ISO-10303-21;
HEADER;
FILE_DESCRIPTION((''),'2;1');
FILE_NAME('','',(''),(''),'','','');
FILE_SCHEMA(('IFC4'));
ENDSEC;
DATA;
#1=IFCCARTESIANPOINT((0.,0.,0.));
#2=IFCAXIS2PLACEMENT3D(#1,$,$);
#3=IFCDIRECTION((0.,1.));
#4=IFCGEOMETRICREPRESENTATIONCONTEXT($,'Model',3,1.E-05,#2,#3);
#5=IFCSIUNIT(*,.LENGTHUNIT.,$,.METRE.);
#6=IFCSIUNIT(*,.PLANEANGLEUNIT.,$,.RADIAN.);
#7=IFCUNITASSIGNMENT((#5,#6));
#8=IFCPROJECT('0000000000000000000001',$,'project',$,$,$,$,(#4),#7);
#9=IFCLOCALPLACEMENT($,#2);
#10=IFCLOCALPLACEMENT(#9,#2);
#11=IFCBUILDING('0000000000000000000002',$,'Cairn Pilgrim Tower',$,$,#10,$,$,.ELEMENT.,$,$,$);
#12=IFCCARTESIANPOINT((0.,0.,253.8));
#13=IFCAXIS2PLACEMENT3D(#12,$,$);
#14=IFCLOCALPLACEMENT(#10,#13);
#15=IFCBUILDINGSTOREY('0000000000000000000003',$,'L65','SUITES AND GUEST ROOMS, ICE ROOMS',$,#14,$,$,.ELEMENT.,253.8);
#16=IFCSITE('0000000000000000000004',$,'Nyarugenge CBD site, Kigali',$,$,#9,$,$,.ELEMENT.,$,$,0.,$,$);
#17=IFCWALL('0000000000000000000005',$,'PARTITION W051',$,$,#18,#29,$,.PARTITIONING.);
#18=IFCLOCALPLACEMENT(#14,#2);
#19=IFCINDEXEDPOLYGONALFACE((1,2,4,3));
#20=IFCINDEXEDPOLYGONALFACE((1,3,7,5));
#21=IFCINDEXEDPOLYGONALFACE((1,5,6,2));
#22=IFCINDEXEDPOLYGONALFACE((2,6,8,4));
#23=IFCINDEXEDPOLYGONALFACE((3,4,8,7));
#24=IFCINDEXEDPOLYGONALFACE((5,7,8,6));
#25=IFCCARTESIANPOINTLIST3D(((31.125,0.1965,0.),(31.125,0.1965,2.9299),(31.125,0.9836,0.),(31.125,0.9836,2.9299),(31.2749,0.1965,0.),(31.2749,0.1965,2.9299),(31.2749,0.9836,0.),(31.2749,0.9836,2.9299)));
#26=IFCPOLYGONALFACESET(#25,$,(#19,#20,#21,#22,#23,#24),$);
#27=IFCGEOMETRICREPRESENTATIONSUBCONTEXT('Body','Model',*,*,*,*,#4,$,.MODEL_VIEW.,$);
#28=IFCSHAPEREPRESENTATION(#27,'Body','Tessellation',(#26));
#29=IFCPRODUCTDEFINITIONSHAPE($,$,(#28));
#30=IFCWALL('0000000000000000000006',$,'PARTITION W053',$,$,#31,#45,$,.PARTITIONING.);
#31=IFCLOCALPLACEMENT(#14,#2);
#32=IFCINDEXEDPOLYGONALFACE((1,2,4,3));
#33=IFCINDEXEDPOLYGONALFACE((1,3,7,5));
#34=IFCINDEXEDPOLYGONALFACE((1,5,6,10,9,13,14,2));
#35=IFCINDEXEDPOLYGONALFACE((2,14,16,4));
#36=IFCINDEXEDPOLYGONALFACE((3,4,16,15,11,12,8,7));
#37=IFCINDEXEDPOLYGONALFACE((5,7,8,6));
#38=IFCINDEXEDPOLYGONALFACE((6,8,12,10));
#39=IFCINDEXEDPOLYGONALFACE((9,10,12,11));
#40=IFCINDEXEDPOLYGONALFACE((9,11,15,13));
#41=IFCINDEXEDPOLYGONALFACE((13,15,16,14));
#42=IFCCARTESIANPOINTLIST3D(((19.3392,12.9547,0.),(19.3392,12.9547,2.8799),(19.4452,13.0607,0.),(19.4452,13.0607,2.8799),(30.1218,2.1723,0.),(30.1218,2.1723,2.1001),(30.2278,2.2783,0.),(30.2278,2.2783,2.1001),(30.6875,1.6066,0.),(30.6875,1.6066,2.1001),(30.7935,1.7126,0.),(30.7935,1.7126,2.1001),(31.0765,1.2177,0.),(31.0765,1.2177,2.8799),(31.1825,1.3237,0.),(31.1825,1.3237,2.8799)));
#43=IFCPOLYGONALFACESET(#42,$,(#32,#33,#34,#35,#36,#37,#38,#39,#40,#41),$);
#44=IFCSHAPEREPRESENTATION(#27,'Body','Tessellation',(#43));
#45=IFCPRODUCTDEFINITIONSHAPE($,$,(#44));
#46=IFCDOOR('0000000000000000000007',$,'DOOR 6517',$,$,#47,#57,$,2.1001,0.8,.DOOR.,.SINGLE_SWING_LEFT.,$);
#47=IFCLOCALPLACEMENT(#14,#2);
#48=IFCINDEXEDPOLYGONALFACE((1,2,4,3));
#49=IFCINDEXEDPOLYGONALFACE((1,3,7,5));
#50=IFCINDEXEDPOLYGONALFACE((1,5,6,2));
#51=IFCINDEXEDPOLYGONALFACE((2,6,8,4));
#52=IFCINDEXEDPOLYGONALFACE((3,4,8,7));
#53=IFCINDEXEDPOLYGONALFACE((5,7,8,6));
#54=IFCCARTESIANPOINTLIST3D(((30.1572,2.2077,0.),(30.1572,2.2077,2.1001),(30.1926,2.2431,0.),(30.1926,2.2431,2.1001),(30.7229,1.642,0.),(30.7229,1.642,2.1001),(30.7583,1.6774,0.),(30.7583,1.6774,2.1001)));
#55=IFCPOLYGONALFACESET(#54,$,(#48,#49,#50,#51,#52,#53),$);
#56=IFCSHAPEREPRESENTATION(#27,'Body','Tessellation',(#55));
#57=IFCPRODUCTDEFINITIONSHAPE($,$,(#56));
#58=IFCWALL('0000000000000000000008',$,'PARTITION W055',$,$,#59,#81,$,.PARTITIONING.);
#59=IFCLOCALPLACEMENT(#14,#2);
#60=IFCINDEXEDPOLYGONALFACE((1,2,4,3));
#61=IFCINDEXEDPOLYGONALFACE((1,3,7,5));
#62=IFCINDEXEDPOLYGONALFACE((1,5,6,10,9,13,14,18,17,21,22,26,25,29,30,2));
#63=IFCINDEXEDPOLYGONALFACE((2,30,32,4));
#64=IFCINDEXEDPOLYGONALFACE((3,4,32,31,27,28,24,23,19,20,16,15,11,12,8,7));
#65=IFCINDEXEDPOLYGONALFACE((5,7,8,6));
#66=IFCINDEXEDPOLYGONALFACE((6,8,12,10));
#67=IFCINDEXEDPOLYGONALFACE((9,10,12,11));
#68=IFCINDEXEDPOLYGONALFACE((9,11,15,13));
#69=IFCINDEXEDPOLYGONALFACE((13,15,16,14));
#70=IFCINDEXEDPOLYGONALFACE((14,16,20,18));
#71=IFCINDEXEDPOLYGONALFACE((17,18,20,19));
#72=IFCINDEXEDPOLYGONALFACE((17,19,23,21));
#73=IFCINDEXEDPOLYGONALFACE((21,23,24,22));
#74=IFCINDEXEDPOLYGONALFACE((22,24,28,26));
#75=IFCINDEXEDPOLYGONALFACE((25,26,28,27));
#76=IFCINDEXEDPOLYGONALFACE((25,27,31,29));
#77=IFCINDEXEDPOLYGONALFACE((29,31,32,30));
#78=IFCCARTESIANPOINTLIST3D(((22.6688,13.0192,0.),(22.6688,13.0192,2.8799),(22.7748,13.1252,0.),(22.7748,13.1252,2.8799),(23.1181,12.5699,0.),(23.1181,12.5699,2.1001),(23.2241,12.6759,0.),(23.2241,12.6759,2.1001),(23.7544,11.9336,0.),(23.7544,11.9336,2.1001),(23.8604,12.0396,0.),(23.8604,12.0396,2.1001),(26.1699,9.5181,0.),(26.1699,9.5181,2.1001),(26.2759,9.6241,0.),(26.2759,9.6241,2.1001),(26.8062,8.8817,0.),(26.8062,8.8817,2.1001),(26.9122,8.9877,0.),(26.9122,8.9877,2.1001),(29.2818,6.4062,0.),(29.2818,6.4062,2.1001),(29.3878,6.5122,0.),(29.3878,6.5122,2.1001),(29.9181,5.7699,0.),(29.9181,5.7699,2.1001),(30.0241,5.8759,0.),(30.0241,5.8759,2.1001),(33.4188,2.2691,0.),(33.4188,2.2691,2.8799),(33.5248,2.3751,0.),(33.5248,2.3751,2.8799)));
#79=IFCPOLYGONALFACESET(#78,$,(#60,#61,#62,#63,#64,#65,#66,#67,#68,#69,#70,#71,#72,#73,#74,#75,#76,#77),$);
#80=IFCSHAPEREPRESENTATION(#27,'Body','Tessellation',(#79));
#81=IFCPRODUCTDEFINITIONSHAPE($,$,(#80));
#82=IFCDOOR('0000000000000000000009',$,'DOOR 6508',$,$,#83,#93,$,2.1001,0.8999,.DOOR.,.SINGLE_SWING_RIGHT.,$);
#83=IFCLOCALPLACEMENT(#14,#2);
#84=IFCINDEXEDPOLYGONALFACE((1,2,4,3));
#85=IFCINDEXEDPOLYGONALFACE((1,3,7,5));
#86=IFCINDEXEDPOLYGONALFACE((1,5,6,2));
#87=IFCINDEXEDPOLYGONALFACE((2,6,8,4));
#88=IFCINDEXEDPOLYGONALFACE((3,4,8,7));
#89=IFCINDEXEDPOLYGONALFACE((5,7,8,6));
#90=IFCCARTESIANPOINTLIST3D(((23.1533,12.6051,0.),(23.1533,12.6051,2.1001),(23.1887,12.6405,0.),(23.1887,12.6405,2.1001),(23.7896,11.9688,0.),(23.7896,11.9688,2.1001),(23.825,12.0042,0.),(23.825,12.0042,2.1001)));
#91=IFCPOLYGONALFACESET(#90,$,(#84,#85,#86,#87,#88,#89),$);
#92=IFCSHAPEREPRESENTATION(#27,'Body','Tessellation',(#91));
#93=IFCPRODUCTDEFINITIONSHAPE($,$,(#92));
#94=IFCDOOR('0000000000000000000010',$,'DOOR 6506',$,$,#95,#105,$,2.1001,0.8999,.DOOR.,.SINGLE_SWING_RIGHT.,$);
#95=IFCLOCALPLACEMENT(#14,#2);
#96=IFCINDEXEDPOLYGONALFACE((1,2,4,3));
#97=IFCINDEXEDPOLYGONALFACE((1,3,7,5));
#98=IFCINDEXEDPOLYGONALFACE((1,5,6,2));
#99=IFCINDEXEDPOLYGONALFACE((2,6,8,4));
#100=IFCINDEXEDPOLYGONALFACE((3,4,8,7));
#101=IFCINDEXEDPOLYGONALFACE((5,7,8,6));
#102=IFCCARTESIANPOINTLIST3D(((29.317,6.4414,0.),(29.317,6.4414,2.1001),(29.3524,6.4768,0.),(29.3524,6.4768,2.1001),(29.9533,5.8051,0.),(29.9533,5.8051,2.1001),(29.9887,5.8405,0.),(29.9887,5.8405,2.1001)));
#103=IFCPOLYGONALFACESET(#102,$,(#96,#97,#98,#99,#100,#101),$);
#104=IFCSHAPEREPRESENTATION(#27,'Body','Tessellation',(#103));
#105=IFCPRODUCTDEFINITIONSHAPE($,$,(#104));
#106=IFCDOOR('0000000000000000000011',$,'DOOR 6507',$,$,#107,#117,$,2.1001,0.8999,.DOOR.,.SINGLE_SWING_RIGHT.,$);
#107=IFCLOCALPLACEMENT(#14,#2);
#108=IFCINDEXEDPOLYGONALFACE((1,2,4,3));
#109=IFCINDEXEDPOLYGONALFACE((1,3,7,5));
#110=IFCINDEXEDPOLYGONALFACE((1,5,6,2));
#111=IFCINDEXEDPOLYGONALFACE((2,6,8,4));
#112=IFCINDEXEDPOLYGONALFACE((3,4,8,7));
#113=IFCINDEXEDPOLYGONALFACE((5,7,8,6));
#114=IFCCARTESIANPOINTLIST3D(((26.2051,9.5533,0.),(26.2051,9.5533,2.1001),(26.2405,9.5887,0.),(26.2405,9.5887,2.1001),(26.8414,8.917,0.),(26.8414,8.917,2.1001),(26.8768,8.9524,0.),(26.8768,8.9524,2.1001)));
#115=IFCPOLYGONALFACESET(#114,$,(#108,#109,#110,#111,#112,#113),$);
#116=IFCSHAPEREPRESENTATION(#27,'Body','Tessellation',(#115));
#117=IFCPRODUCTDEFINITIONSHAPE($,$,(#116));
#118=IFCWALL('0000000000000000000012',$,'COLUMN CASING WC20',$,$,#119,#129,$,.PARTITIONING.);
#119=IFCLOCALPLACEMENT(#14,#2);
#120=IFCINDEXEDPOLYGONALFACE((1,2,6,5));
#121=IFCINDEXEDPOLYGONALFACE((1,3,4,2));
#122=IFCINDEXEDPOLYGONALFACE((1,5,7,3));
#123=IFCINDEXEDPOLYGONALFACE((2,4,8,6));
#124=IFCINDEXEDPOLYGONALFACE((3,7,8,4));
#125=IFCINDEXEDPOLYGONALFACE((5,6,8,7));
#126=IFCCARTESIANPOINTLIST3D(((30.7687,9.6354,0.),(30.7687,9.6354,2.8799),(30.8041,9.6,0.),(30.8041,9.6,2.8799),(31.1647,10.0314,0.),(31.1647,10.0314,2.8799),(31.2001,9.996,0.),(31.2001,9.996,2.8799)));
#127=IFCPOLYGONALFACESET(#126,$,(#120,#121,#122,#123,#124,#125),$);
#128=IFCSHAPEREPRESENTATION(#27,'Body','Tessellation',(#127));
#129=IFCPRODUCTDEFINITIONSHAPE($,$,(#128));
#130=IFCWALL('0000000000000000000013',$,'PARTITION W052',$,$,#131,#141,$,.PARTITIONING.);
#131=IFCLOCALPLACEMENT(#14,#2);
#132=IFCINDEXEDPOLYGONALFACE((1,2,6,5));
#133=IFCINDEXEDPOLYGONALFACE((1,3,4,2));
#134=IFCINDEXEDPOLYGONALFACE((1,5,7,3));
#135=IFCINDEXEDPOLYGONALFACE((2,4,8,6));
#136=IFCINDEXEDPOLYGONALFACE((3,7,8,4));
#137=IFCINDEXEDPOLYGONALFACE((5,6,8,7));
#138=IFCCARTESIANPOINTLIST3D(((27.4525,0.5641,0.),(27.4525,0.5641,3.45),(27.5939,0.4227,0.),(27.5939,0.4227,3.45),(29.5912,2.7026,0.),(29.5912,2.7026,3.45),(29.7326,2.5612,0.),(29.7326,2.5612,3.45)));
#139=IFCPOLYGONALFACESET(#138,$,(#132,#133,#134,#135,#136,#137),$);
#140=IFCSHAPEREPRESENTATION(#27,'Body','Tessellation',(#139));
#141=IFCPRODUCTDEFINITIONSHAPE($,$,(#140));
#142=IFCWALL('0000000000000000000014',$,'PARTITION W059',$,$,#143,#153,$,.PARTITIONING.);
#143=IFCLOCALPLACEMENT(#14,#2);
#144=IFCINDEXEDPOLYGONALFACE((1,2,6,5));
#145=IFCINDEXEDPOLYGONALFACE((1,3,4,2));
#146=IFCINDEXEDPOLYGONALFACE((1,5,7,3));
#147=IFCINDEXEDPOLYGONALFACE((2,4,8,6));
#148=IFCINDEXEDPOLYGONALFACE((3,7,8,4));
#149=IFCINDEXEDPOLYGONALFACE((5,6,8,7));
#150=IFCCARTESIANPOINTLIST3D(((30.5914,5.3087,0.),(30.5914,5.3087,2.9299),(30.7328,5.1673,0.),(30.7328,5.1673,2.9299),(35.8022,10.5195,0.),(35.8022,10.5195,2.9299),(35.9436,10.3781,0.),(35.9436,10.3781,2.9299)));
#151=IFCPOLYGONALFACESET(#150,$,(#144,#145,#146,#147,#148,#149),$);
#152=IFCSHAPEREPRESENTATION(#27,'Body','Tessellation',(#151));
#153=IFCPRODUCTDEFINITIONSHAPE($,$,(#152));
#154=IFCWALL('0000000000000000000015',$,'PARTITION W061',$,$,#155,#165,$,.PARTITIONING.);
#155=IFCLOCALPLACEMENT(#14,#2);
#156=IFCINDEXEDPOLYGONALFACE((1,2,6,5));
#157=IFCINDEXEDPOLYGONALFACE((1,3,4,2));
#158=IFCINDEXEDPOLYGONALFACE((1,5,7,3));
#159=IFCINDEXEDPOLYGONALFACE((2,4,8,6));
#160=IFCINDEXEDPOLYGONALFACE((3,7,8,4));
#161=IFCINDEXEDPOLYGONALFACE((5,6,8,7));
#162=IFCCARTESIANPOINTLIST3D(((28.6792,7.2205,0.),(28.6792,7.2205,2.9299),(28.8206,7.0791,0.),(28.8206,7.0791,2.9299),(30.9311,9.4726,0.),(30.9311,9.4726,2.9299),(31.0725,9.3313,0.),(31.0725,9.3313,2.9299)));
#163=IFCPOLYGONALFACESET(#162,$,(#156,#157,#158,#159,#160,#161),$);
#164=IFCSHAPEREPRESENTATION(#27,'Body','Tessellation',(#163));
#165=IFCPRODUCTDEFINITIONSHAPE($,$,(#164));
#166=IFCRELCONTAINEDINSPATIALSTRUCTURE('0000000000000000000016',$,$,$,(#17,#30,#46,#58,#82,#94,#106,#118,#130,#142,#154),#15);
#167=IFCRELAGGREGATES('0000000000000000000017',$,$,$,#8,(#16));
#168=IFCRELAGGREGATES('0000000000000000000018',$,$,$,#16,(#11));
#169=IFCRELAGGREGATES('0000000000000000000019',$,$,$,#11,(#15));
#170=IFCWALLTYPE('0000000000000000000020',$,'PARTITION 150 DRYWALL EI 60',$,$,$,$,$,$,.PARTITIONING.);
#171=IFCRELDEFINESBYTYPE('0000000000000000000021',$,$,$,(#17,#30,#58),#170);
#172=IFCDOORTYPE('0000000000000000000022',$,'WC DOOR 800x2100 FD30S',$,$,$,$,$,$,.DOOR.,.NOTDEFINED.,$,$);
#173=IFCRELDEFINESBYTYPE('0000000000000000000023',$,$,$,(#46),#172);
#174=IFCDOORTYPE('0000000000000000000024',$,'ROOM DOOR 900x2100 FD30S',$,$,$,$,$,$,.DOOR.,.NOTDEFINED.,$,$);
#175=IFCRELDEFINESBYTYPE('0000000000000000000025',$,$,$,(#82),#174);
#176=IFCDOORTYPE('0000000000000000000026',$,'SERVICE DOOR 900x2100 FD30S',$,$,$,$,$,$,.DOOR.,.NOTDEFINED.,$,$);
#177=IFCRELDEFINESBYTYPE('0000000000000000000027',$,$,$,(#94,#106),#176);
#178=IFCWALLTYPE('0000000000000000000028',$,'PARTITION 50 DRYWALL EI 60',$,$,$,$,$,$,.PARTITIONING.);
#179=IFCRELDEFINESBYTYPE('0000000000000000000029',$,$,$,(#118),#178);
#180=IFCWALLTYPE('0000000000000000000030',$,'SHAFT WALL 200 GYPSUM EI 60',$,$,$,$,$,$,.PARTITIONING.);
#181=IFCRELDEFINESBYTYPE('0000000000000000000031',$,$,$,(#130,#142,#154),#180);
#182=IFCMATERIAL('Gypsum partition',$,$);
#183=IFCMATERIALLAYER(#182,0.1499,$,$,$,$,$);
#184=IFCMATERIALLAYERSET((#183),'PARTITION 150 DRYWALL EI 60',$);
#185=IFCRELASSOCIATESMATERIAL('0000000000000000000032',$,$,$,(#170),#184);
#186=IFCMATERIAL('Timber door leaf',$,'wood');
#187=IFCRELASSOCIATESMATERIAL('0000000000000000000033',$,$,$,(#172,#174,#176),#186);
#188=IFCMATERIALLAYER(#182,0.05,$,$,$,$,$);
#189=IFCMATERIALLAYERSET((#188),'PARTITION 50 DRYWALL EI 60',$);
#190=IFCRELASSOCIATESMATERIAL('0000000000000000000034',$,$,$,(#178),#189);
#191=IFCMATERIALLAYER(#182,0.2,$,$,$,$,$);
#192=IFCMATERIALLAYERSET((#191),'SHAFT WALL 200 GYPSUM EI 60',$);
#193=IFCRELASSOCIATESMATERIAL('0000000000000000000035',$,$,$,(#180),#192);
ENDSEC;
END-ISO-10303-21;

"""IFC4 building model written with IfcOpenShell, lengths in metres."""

from ifc_helpers import new_model, si_unit, direction, frame, frame_2d, origin, place, context, subcontext, project, spatial, rectangle, extrude, material, layer, layer_set, type_object, element, fill, save


model = new_model("IFC4")

# Units and contexts
model_context = context("Model", 3, precision=1e-05, world=origin(), true_north=direction((0.0, 1.0)))
body_context = subcontext(model_context, "Body", "Model", "MODEL_VIEW")
ifc_project = project(units=[si_unit("LENGTHUNIT", "METRE"), si_unit("PLANEANGLEUNIT", "RADIAN")], contexts=[model_context])

# Site, building, storey
site_placement = place(None, origin())
site = spatial("IfcSite", under=ifc_project, at=site_placement, Name="Nyarugenge CBD site, Kigali", CompositionType="ELEMENT", RefElevation=0.0)
building_placement = place(site_placement, origin())
building = spatial("IfcBuilding", under=site, at=building_placement, Name="Cairn Pilgrim Tower", CompositionType="ELEMENT")
storey_placement = place(building_placement, frame((0.0, 0.0, 253.8)))
storey = spatial("IfcBuildingStorey", under=building, at=storey_placement, Name="L65", Description="SUITES AND GUEST ROOMS, ICE ROOMS", CompositionType="ELEMENT", Elevation=253.8)

# Shared definitions
ifc_material_1 = material(Name="Gypsum partition")
ifc_material_2 = material(Name="Timber door leaf", Category="wood")

# Wall
ifc_layer_1 = layer(ifc_material_1, 0.1499)
ifc_layer_set_1 = layer_set([ifc_layer_1], Name="PARTITION 150 DRYWALL EI 60")
wall_type_1 = type_object("IfcWallType", Name="PARTITION 150 DRYWALL EI 60", PredefinedType="PARTITIONING", material=ifc_layer_set_1)
wall_1_placement = place(storey_placement, frame((31.2, 0.1965, 0.0), z_axis=(0.0, 0.0, 1.0), x_axis=(0.0, 1.0, 0.0)))
element("IfcWall", 1, at=wall_1_placement, inside=storey, type_object=wall_type_1, Name="PARTITION W051", PredefinedType="PARTITIONING", context=body_context, shape_type="SweptSolid", body=[
    extrude(rectangle(XDim=0.7871, YDim=0.1499, at=frame_2d((0.3936, 0.0))), origin(), (0.0, 0.0, 1.0), 2.9299),
])

# Wall, opening, door
wall_2_placement = place(storey_placement, frame((31.1294, 1.2708, 0.0), z_axis=(0.0, 0.0, 1.0), x_axis=(-0.707114, 0.707099, 0.0)))
wall_2 = element("IfcWall", 2, at=wall_2_placement, inside=storey, type_object=wall_type_1, Name="PARTITION W053", PredefinedType="PARTITIONING", context=body_context, shape_type="SweptSolid", body=[
    extrude(rectangle(XDim=16.5989, YDim=0.1499, at=frame_2d((8.2993, 0.0))), origin(), (0.0, 0.0, 1.0), 2.8799),
])
opening_1_placement = place(wall_2_placement, frame((0.55, 0.0, 0.0)))
opening_1 = element("IfcOpeningElement", 3, at=opening_1_placement, cuts=wall_2, PredefinedType="OPENING", context=body_context, shape_type="SweptSolid", body=[
    extrude(rectangle(XDim=0.8, YDim=2.1001, at=frame_2d((0.3999, 1.05))), frame((0.0, 0.085, 0.0), z_axis=(0.0, -1.0, 0.0), x_axis=(1.0, 0.0, 0.0)), (0.0, 0.0, 1.0), 0.1699),
])
door_type_1 = type_object("IfcDoorType", Name="WC DOOR 800x2100 FD30S", OperationType="NOTDEFINED", PredefinedType="DOOR", material=ifc_material_2)
door_1_placement = place(opening_1_placement, origin())
door_1 = element("IfcDoor", 4, at=door_1_placement, inside=storey, type_object=door_type_1, Name="DOOR 6517", OperationType="SINGLE_SWING_LEFT", OverallHeight=2.1001, OverallWidth=0.8, PredefinedType="DOOR", context=body_context, shape_type="SweptSolid", body=[
    extrude(rectangle(XDim=0.8, YDim=2.1001, at=frame_2d((0.3999, 1.05))), frame((0.0, 0.0249, 0.0), z_axis=(0.0, -1.0, 0.0), x_axis=(1.0, 0.0, 0.0)), (0.0, 0.0, 1.0), 0.05),
])
fill(opening_1, door_1)

# Wall, openings, doors
wall_3_placement = place(storey_placement, frame((33.4719, 2.322, 0.0), z_axis=(0.0, 0.0, 1.0), x_axis=(-0.707107, 0.707107, 0.0)))
wall_3 = element("IfcWall", 5, at=wall_3_placement, inside=storey, type_object=wall_type_1, Name="PARTITION W055", PredefinedType="PARTITIONING", context=body_context, shape_type="SweptSolid", body=[
    extrude(rectangle(XDim=15.2029, YDim=0.1499, at=frame_2d((7.6016, 0.0))), origin(), (0.0, 0.0, 1.0), 2.8799),
])
opening_2_placement = place(wall_3_placement, frame((4.9509, 0.0, 0.0)))
opening_2 = element("IfcOpeningElement", 6, at=opening_2_placement, cuts=wall_3, PredefinedType="OPENING", context=body_context, shape_type="SweptSolid", body=[
    extrude(rectangle(XDim=0.8999, YDim=2.1001, at=frame_2d((0.45, 1.05))), frame((0.0, 0.085, 0.0), z_axis=(0.0, -1.0, 0.0), x_axis=(1.0, 0.0, 0.0)), (0.0, 0.0, 1.0), 0.1699),
])
opening_3_placement = place(wall_3_placement, frame((9.3518, 0.0, 0.0)))
opening_3 = element("IfcOpeningElement", 7, at=opening_3_placement, cuts=wall_3, PredefinedType="OPENING", context=body_context, shape_type="SweptSolid", body=[
    extrude(rectangle(XDim=0.8999, YDim=2.1001, at=frame_2d((0.45, 1.05))), frame((0.0, 0.085, 0.0), z_axis=(0.0, -1.0, 0.0), x_axis=(1.0, 0.0, 0.0)), (0.0, 0.0, 1.0), 0.1699),
])
opening_4_placement = place(wall_3_placement, frame((13.6677, 0.0, 0.0)))
opening_4 = element("IfcOpeningElement", 8, at=opening_4_placement, cuts=wall_3, PredefinedType="OPENING", context=body_context, shape_type="SweptSolid", body=[
    extrude(rectangle(XDim=0.8999, YDim=2.1001, at=frame_2d((0.45, 1.05))), frame((0.0, 0.085, 0.0), z_axis=(0.0, -1.0, 0.0), x_axis=(1.0, 0.0, 0.0)), (0.0, 0.0, 1.0), 0.1699),
])
door_type_2 = type_object("IfcDoorType", Name="ROOM DOOR 900x2100 FD30S", OperationType="NOTDEFINED", PredefinedType="DOOR", material=ifc_material_2)
door_2_placement = place(opening_4_placement, frame((0.8999, 0.0, 0.0), z_axis=(0.0, 0.0, 1.0), x_axis=(-1.0, 0.0, 0.0)))
door_2 = element("IfcDoor", 9, at=door_2_placement, inside=storey, type_object=door_type_2, Name="DOOR 6508", OperationType="SINGLE_SWING_RIGHT", OverallHeight=2.1001, OverallWidth=0.8999, PredefinedType="DOOR", context=body_context, shape_type="SweptSolid", body=[
    extrude(rectangle(XDim=0.8999, YDim=2.1001, at=frame_2d((0.45, 1.05))), frame((0.0, 0.0249, 0.0), z_axis=(0.0, -1.0, 0.0), x_axis=(1.0, 0.0, 0.0)), (0.0, 0.0, 1.0), 0.05),
])
fill(opening_4, door_2)
door_type_3 = type_object("IfcDoorType", Name="SERVICE DOOR 900x2100 FD30S", OperationType="NOTDEFINED", PredefinedType="DOOR", material=ifc_material_2)
door_3_placement = place(opening_2_placement, frame((0.8999, 0.0, 0.0), z_axis=(0.0, 0.0, 1.0), x_axis=(-1.0, 0.0, 0.0)))
door_3 = element("IfcDoor", 10, at=door_3_placement, inside=storey, type_object=door_type_3, Name="DOOR 6506", OperationType="SINGLE_SWING_RIGHT", OverallHeight=2.1001, OverallWidth=0.8999, PredefinedType="DOOR", context=body_context, shape_type="SweptSolid", body=[
    extrude(rectangle(XDim=0.8999, YDim=2.1001, at=frame_2d((0.45, 1.05))), frame((0.0, 0.0249, 0.0), z_axis=(0.0, -1.0, 0.0), x_axis=(1.0, 0.0, 0.0)), (0.0, 0.0, 1.0), 0.05),
])
fill(opening_2, door_3)
door_4_placement = place(opening_3_placement, frame((0.8999, 0.0, 0.0), z_axis=(0.0, 0.0, 1.0), x_axis=(-1.0, 0.0, 0.0)))
door_4 = element("IfcDoor", 11, at=door_4_placement, inside=storey, type_object=door_type_3, Name="DOOR 6507", OperationType="SINGLE_SWING_RIGHT", OverallHeight=2.1001, OverallWidth=0.8999, PredefinedType="DOOR", context=body_context, shape_type="SweptSolid", body=[
    extrude(rectangle(XDim=0.8999, YDim=2.1001, at=frame_2d((0.45, 1.05))), frame((0.0, 0.0249, 0.0), z_axis=(0.0, -1.0, 0.0), x_axis=(1.0, 0.0, 0.0)), (0.0, 0.0, 1.0), 0.05),
])
fill(opening_3, door_4)

# Walls
ifc_layer_2 = layer(ifc_material_1, 0.05)
ifc_layer_set_2 = layer_set([ifc_layer_2], Name="PARTITION 50 DRYWALL EI 60")
wall_type_2 = type_object("IfcWallType", Name="PARTITION 50 DRYWALL EI 60", PredefinedType="PARTITIONING", material=ifc_layer_set_2)
wall_4_placement = place(storey_placement, frame((30.7864, 9.6177, 0.0), z_axis=(0.0, 0.0, 1.0), x_axis=(0.707107, 0.707107, 0.0)))
element("IfcWall", 12, at=wall_4_placement, inside=storey, type_object=wall_type_2, Name="COLUMN CASING WC20", PredefinedType="PARTITIONING", context=body_context, shape_type="SweptSolid", body=[
    extrude(rectangle(XDim=0.5601, YDim=0.05, at=frame_2d((0.28, 0.0))), origin(), (0.0, 0.0, 1.0), 2.8799),
])
ifc_layer_3 = layer(ifc_material_1, 0.2)
ifc_layer_set_3 = layer_set([ifc_layer_3], Name="SHAFT WALL 200 GYPSUM EI 60")
wall_type_3 = type_object("IfcWallType", Name="SHAFT WALL 200 GYPSUM EI 60", PredefinedType="PARTITIONING", material=ifc_layer_set_3)
wall_5_placement = place(storey_placement, frame((27.5232, 0.4934, 0.0), z_axis=(0.0, 0.0, 1.0), x_axis=(0.707147, 0.707066, 0.0)))
element("IfcWall", 13, at=wall_5_placement, inside=storey, type_object=wall_type_3, Name="PARTITION W052", PredefinedType="PARTITIONING", context=body_context, shape_type="SweptSolid", body=[
    extrude(rectangle(XDim=3.0244, YDim=0.2, at=frame_2d((1.5122, 0.0))), origin(), (0.0, 0.0, 1.0), 3.45),
])
wall_6_placement = place(storey_placement, frame((30.6621, 5.238, 0.0), z_axis=(0.0, 0.0, 1.0), x_axis=(0.707107, 0.707107, 0.0)))
element("IfcWall", 14, at=wall_6_placement, inside=storey, type_object=wall_type_3, Name="PARTITION W059", PredefinedType="PARTITIONING", context=body_context, shape_type="SweptSolid", body=[
    extrude(rectangle(XDim=7.3691, YDim=0.2, at=frame_2d((3.6846, 0.0))), origin(), (0.0, 0.0, 1.0), 2.9299),
])
wall_7_placement = place(storey_placement, frame((28.75, 7.1499, 0.0), z_axis=(0.0, 0.0, 1.0), x_axis=(0.707068, 0.707145, 0.0)))
element("IfcWall", 15, at=wall_7_placement, inside=storey, type_object=wall_type_3, Name="PARTITION W061", PredefinedType="PARTITIONING", context=body_context, shape_type="SweptSolid", body=[
    extrude(rectangle(XDim=3.1848, YDim=0.2, at=frame_2d((1.5923, 0.0))), origin(), (0.0, 0.0, 1.0), 2.9299),
])

save(model, "model.ifc")
